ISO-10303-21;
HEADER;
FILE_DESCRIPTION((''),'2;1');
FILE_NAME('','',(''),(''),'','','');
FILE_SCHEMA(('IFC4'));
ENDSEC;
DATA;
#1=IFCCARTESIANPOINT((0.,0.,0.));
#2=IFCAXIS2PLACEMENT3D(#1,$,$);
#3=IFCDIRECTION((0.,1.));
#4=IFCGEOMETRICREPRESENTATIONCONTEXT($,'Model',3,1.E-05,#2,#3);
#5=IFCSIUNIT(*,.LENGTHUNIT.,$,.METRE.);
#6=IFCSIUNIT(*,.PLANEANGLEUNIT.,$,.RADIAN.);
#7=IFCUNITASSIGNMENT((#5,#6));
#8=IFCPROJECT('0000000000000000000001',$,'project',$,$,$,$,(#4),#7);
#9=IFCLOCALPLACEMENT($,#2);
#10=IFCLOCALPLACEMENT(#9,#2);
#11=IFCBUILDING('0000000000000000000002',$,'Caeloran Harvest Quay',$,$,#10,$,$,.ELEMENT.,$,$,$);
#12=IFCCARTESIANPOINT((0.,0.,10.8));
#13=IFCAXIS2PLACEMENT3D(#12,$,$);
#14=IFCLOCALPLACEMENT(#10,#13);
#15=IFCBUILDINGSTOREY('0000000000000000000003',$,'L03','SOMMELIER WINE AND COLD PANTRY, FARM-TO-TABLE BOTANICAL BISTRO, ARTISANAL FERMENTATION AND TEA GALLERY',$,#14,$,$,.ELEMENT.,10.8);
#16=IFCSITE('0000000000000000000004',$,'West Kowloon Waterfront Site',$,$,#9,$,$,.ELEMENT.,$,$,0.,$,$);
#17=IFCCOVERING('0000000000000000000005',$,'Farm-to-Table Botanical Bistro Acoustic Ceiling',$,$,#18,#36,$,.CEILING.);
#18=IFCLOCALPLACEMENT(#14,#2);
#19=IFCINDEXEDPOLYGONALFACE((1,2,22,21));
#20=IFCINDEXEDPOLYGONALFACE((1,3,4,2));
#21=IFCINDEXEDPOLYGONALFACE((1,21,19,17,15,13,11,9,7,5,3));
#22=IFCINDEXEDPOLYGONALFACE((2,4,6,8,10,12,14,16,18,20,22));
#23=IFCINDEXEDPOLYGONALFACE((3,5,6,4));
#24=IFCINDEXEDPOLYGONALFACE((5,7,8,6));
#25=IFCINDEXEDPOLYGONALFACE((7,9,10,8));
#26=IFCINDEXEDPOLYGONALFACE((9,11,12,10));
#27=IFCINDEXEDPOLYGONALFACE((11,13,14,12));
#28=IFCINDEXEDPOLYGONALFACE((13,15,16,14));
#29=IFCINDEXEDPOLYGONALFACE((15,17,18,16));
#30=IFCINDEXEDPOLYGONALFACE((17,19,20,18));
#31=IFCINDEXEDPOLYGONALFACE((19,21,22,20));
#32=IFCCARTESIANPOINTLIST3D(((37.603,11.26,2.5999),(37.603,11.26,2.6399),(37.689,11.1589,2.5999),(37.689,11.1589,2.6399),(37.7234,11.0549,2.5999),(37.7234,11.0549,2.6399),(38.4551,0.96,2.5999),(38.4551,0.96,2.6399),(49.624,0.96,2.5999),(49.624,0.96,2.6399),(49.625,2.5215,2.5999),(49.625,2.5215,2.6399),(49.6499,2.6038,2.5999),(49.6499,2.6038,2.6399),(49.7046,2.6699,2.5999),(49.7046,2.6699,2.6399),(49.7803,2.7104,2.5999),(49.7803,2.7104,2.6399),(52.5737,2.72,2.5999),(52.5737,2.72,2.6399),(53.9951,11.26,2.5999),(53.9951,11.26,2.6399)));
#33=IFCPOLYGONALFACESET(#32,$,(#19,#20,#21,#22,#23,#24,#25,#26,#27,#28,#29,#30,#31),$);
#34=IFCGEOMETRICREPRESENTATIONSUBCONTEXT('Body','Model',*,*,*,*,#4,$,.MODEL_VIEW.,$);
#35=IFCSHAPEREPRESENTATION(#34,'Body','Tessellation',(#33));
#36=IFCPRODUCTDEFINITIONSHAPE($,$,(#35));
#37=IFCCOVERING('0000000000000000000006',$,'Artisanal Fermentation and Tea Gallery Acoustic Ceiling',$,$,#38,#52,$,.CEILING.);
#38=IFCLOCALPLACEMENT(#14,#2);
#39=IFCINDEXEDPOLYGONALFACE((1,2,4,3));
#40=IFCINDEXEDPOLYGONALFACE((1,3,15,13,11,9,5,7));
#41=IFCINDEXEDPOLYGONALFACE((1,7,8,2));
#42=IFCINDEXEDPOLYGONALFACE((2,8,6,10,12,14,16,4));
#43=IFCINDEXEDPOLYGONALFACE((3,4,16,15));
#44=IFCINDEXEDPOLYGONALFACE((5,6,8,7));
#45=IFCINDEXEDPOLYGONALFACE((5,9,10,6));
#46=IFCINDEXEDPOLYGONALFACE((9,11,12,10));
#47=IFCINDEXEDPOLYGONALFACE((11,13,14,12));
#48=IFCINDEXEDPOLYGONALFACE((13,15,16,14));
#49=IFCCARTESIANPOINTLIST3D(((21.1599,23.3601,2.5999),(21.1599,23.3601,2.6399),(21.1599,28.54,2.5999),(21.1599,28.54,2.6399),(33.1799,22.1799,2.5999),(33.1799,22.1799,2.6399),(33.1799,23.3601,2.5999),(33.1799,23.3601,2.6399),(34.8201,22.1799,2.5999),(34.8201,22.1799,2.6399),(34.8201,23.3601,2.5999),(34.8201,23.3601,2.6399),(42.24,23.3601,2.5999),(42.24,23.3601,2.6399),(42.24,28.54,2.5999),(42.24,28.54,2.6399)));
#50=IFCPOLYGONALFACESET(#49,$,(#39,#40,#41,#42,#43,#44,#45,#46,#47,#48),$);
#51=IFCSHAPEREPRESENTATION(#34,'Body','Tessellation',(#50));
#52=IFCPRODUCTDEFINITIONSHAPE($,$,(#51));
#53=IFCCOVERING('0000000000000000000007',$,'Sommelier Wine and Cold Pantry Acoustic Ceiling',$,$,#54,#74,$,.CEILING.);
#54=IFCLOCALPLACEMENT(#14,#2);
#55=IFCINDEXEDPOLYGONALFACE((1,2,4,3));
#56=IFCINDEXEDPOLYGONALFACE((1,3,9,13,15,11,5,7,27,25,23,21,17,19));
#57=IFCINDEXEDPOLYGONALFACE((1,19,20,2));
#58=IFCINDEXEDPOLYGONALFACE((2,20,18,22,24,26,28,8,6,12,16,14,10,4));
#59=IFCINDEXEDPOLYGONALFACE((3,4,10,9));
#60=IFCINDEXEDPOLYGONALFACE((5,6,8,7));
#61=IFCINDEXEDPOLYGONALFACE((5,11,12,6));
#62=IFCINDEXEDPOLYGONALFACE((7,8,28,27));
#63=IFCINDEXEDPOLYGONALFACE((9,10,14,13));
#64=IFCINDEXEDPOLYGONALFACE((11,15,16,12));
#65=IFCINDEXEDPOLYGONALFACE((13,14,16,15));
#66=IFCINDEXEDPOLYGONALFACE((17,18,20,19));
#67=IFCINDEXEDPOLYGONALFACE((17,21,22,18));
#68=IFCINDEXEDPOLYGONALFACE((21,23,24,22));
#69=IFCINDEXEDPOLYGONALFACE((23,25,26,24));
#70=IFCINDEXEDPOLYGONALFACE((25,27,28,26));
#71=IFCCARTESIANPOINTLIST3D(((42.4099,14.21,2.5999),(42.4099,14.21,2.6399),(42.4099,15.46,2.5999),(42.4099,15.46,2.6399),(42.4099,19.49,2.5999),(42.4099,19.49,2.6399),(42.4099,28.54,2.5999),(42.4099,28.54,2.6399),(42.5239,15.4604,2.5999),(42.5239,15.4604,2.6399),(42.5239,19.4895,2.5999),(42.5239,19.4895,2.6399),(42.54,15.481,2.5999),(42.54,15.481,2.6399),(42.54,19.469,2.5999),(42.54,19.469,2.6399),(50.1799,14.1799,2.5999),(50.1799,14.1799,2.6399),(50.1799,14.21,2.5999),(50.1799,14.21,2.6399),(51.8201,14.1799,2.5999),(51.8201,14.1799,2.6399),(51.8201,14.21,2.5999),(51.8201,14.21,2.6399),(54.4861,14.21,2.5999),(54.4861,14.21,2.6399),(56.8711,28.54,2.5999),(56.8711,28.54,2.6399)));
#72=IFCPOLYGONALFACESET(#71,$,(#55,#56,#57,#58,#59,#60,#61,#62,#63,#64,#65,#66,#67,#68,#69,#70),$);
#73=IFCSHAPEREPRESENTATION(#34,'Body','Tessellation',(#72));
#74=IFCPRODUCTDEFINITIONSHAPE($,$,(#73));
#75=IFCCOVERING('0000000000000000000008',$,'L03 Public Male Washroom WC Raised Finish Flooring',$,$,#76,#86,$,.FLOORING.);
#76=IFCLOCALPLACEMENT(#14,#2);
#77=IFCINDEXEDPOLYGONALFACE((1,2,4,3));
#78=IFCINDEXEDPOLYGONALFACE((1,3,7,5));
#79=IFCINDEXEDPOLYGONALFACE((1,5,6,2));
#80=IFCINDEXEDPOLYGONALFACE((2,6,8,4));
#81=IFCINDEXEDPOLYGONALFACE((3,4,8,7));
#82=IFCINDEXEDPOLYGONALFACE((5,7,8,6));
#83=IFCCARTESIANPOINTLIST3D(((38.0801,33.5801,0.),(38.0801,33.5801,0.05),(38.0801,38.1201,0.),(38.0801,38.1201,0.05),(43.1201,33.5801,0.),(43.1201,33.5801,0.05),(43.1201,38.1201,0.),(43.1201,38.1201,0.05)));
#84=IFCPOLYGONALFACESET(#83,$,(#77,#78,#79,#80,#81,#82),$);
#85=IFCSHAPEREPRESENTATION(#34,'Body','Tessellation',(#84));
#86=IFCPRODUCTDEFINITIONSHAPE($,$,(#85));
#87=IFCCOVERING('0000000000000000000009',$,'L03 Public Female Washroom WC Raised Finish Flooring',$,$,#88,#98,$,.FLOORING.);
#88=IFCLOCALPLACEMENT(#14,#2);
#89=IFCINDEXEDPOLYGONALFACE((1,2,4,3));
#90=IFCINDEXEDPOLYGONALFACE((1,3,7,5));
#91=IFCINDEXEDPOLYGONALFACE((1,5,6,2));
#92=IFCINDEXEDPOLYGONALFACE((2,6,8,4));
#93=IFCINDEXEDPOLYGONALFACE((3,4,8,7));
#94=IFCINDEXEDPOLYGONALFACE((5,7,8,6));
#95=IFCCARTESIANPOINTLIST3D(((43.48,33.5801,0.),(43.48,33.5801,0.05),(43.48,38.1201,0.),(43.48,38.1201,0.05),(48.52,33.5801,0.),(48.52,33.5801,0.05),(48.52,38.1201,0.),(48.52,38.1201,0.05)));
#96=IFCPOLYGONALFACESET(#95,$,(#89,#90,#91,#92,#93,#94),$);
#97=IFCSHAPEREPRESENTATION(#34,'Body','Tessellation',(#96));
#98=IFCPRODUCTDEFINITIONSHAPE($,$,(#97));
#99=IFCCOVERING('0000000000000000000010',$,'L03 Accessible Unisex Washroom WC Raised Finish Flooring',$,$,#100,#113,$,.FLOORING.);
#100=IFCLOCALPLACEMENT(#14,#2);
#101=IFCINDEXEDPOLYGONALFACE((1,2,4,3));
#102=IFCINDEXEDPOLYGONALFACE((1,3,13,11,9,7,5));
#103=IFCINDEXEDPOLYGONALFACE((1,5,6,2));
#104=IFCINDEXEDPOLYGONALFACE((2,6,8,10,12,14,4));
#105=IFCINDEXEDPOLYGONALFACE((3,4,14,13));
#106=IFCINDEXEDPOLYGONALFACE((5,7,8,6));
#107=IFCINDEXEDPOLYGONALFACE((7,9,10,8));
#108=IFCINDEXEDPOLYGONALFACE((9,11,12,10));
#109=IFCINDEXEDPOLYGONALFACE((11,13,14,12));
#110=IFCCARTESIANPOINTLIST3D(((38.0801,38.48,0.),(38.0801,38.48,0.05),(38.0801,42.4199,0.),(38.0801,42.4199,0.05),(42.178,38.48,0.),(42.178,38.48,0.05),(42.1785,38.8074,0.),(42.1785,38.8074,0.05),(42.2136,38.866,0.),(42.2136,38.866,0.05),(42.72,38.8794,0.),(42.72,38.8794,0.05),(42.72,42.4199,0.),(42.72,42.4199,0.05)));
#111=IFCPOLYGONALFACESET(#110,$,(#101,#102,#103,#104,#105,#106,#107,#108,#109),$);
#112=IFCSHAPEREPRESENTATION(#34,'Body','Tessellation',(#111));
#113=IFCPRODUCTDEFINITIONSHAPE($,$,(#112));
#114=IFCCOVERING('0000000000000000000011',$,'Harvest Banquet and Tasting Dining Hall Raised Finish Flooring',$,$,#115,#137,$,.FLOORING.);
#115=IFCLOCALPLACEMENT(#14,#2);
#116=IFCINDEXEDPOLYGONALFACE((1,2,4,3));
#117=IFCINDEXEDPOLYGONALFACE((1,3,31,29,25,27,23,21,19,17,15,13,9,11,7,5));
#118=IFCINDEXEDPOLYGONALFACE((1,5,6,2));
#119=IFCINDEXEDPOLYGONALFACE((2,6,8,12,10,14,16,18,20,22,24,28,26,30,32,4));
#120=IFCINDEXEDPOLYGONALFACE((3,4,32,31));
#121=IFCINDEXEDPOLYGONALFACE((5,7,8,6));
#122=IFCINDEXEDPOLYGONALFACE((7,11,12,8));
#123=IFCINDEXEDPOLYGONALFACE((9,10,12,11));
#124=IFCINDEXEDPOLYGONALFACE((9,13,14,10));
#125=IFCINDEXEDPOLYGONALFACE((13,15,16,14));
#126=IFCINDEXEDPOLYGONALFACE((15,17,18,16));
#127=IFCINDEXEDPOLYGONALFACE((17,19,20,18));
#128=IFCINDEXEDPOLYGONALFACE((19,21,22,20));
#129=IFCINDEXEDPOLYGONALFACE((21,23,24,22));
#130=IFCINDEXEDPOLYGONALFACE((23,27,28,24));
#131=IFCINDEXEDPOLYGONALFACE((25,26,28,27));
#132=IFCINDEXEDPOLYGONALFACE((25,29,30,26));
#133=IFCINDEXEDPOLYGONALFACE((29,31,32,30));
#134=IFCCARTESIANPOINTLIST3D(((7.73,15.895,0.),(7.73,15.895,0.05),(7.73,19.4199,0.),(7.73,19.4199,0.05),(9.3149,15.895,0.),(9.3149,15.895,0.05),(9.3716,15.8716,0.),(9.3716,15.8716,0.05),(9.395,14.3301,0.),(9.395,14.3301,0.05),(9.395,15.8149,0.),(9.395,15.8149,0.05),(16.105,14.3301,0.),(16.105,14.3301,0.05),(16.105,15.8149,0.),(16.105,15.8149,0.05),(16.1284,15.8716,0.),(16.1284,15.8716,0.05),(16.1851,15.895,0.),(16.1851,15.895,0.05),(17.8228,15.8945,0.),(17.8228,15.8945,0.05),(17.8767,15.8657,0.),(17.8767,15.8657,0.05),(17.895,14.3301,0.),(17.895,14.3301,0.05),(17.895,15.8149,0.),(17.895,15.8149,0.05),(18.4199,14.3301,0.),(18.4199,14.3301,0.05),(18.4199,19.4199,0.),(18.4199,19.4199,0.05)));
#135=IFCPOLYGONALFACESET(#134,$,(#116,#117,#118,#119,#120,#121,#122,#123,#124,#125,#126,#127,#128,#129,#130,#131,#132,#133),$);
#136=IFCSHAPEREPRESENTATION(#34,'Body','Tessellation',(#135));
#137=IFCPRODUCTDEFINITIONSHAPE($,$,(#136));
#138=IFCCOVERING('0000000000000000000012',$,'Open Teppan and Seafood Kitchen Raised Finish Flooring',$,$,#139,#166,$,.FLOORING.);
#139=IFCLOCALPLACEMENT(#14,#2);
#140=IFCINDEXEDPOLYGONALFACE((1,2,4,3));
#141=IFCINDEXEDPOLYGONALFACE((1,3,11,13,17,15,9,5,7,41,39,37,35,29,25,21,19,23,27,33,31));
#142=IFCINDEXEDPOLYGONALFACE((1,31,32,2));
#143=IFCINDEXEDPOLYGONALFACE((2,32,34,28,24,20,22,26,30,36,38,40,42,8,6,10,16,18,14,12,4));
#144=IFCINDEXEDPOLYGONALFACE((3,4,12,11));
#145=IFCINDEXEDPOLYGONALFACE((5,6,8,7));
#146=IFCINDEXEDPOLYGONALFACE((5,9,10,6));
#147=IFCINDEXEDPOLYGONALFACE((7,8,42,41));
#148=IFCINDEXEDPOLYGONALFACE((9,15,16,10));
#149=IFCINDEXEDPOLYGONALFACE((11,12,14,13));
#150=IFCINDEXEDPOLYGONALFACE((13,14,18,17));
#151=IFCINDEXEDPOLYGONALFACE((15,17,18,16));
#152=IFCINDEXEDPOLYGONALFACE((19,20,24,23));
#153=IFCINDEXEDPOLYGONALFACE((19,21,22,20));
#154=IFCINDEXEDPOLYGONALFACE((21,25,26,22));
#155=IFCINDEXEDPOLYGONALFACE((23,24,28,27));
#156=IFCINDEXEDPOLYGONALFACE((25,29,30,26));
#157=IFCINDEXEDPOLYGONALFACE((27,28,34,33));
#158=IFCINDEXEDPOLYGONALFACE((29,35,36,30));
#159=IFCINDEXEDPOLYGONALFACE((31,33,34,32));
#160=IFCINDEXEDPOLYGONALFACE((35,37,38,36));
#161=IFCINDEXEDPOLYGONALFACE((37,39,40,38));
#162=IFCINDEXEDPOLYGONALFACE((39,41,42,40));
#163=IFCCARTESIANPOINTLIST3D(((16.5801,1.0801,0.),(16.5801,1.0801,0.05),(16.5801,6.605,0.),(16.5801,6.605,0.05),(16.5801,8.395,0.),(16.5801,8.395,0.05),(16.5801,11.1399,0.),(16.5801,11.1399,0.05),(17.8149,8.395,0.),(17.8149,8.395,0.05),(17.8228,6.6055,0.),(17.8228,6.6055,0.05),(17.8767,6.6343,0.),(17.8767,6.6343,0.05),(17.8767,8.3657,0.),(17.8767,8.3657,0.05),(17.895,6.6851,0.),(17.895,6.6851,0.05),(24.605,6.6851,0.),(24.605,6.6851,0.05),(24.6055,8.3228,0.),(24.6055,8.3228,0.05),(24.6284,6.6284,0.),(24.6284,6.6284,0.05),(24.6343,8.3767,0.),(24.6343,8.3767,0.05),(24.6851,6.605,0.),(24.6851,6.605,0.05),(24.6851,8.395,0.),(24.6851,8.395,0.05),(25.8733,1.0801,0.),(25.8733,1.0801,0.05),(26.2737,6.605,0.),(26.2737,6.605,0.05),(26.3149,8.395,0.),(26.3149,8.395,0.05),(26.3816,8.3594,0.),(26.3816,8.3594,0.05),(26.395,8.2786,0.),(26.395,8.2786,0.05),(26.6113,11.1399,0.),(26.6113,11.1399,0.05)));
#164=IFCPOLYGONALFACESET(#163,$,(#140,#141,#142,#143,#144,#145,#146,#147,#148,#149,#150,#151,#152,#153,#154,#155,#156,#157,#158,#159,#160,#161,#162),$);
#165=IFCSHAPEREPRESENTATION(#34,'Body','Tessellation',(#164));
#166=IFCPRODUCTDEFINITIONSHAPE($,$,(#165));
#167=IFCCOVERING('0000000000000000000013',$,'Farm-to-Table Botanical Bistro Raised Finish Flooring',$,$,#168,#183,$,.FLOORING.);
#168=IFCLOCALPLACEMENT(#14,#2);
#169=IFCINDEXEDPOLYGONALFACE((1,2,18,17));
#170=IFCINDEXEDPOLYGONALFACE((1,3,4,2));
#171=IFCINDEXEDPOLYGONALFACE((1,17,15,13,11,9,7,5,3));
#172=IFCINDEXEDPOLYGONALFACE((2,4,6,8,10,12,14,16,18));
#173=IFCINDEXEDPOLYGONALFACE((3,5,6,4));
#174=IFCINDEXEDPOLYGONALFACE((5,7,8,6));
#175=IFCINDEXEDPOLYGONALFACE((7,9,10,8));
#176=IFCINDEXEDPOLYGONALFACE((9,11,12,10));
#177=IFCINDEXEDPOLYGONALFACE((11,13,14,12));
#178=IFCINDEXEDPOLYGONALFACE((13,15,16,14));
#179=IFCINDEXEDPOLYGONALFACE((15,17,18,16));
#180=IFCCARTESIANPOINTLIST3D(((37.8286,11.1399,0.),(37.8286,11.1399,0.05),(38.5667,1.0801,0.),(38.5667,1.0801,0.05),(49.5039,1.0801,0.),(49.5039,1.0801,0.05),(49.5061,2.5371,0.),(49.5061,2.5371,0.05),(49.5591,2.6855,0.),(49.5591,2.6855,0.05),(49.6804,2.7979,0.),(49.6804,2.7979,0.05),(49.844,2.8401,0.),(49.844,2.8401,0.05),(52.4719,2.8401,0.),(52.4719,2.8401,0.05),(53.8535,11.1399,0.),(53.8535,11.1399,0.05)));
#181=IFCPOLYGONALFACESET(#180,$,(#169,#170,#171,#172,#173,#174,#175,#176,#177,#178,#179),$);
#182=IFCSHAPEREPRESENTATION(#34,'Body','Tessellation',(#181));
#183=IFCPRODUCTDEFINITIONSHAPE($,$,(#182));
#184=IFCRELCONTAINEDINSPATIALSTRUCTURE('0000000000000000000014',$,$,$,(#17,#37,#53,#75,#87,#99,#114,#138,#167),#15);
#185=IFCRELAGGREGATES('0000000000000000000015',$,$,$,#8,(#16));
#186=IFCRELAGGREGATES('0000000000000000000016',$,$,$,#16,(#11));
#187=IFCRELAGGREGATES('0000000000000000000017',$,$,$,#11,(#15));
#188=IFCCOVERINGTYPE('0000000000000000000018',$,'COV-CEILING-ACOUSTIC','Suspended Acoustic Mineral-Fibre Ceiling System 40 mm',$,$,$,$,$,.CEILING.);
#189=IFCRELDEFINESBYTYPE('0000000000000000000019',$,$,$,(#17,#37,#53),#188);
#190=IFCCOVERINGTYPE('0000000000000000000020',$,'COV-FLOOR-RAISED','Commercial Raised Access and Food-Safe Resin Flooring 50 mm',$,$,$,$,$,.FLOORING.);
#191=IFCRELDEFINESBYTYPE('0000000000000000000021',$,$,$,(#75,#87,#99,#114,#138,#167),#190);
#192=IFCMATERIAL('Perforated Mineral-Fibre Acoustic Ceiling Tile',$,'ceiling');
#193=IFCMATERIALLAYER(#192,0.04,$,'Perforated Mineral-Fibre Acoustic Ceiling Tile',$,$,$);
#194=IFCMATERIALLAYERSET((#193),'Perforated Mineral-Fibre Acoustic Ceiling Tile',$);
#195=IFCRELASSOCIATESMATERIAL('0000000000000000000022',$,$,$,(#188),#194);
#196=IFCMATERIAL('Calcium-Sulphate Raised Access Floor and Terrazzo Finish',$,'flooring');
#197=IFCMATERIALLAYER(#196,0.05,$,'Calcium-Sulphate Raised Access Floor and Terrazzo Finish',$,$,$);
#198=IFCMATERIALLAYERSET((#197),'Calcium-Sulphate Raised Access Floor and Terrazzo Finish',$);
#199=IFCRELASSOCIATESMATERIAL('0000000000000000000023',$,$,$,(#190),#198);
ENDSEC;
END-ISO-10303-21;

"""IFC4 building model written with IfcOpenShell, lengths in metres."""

from ifc_helpers import new_model, si_unit, direction, frame, origin, place, context, subcontext, project, spatial, polyline, outline, extrude, material, layer, layer_set, type_object, element, save


model = new_model("IFC4")

# Units and contexts
model_context = context("Model", 3, precision=1e-05, world=origin(), true_north=direction((0.0, 1.0)))
body_context = subcontext(model_context, "Body", "Model", "MODEL_VIEW")
ifc_project = project(units=[si_unit("LENGTHUNIT", "METRE"), si_unit("PLANEANGLEUNIT", "RADIAN")], contexts=[model_context])

# Site, building, storey
site_placement = place(None, origin())
site = spatial("IfcSite", under=ifc_project, at=site_placement, Name="West Kowloon Waterfront Site", CompositionType="ELEMENT", RefElevation=0.0)
building_placement = place(site_placement, origin())
building = spatial("IfcBuilding", under=site, at=building_placement, Name="Caeloran Harvest Quay", CompositionType="ELEMENT")
storey_placement = place(building_placement, frame((0.0, 0.0, 10.8)))
storey = spatial("IfcBuildingStorey", under=building, at=storey_placement, Name="L03", Description="SOMMELIER WINE AND COLD PANTRY, FARM-TO-TABLE BOTANICAL BISTRO, ARTISANAL FERMENTATION AND TEA GALLERY", CompositionType="ELEMENT", Elevation=10.8)

# Coverings
ifc_material_1 = material(Name="Perforated Mineral-Fibre Acoustic Ceiling Tile", Category="ceiling")
ifc_layer_1 = layer(ifc_material_1, 0.04, Name="Perforated Mineral-Fibre Acoustic Ceiling Tile")
ifc_layer_set_1 = layer_set([ifc_layer_1], Name="Perforated Mineral-Fibre Acoustic Ceiling Tile")
covering_type_1 = type_object("IfcCoveringType", Name="COV-CEILING-ACOUSTIC", Description="Suspended Acoustic Mineral-Fibre Ceiling System 40 mm", PredefinedType="CEILING", material=ifc_layer_set_1)
covering_1_placement = place(storey_placement, frame((0.0, 0.0, 2.5999)))
element("IfcCovering", 1, at=covering_1_placement, inside=storey, type_object=covering_type_1, Name="Farm-to-Table Botanical Bistro Acoustic Ceiling", PredefinedType="CEILING", context=body_context, shape_type="SweptSolid", body=[
    extrude(outline(polyline([(52.5737, 2.72), (49.7803, 2.7104), (49.7046, 2.6699), (49.6499, 2.6038), (49.625, 2.5215), (49.624, 0.96), (38.4551, 0.96), (37.7234, 11.0549), (37.689, 11.1589), (37.603, 11.26), (53.9951, 11.26), (52.5737, 2.72)])), origin(), (0.0, 0.0, 1.0), 0.04),
])
covering_2_placement = place(storey_placement, frame((0.0, 0.0, 2.5999)))
element("IfcCovering", 2, at=covering_2_placement, inside=storey, type_object=covering_type_1, Name="Artisanal Fermentation and Tea Gallery Acoustic Ceiling", PredefinedType="CEILING", context=body_context, shape_type="SweptSolid", body=[
    extrude(outline(polyline([(34.8201, 22.1799), (33.1799, 22.1799), (33.1799, 23.3601), (21.1599, 23.3601), (21.1599, 28.54), (42.24, 28.54), (42.24, 23.3601), (34.8201, 23.3601), (34.8201, 22.1799)])), origin(), (0.0, 0.0, 1.0), 0.04),
])
covering_3_placement = place(storey_placement, frame((0.0, 0.0, 2.5999)))
element("IfcCovering", 3, at=covering_3_placement, inside=storey, type_object=covering_type_1, Name="Sommelier Wine and Cold Pantry Acoustic Ceiling", PredefinedType="CEILING", context=body_context, shape_type="SweptSolid", body=[
    extrude(outline(polyline([(51.8201, 14.1799), (50.1799, 14.1799), (50.1799, 14.21), (42.4099, 14.21), (42.4099, 15.46), (42.5239, 15.4604), (42.54, 15.481), (42.54, 19.469), (42.5239, 19.4895), (42.4099, 19.49), (42.4099, 28.54), (56.8711, 28.54), (54.4861, 14.21), (51.8201, 14.21), (51.8201, 14.1799)])), origin(), (0.0, 0.0, 1.0), 0.04),
])
ifc_material_2 = material(Name="Calcium-Sulphate Raised Access Floor and Terrazzo Finish", Category="flooring")
ifc_layer_2 = layer(ifc_material_2, 0.05, Name="Calcium-Sulphate Raised Access Floor and Terrazzo Finish")
ifc_layer_set_2 = layer_set([ifc_layer_2], Name="Calcium-Sulphate Raised Access Floor and Terrazzo Finish")
covering_type_2 = type_object("IfcCoveringType", Name="COV-FLOOR-RAISED", Description="Commercial Raised Access and Food-Safe Resin Flooring 50 mm", PredefinedType="FLOORING", material=ifc_layer_set_2)
covering_4_placement = place(storey_placement, origin())
element("IfcCovering", 4, at=covering_4_placement, inside=storey, type_object=covering_type_2, Name="L03 Public Male Washroom WC Raised Finish Flooring", PredefinedType="FLOORING", context=body_context, shape_type="SweptSolid", body=[
    extrude(outline(polyline([(43.1201, 38.1201), (43.1201, 33.5801), (38.0801, 33.5801), (38.0801, 38.1201), (43.1201, 38.1201)])), origin(), (0.0, 0.0, 1.0), 0.05),
])
covering_5_placement = place(storey_placement, origin())
element("IfcCovering", 5, at=covering_5_placement, inside=storey, type_object=covering_type_2, Name="L03 Public Female Washroom WC Raised Finish Flooring", PredefinedType="FLOORING", context=body_context, shape_type="SweptSolid", body=[
    extrude(outline(polyline([(48.52, 38.1201), (48.52, 33.5801), (43.48, 33.5801), (43.48, 38.1201), (48.52, 38.1201)])), origin(), (0.0, 0.0, 1.0), 0.05),
])
covering_6_placement = place(storey_placement, origin())
element("IfcCovering", 6, at=covering_6_placement, inside=storey, type_object=covering_type_2, Name="L03 Accessible Unisex Washroom WC Raised Finish Flooring", PredefinedType="FLOORING", context=body_context, shape_type="SweptSolid", body=[
    extrude(outline(polyline([(42.72, 38.8794), (42.2136, 38.866), (42.1785, 38.8074), (42.178, 38.48), (38.0801, 38.48), (38.0801, 42.4199), (42.72, 42.4199), (42.72, 38.8794)])), origin(), (0.0, 0.0, 1.0), 0.05),
])
covering_7_placement = place(storey_placement, origin())
element("IfcCovering", 7, at=covering_7_placement, inside=storey, type_object=covering_type_2, Name="Harvest Banquet and Tasting Dining Hall Raised Finish Flooring", PredefinedType="FLOORING", context=body_context, shape_type="SweptSolid", body=[
    extrude(outline(polyline([(7.73, 15.895), (7.73, 19.4199), (18.4199, 19.4199), (18.4199, 14.3301), (17.895, 14.3301), (17.895, 15.8149), (17.8767, 15.8657), (17.8228, 15.8945), (16.1851, 15.895), (16.1284, 15.8716), (16.105, 15.8149), (16.105, 14.3301), (9.395, 14.3301), (9.395, 15.8149), (9.3716, 15.8716), (9.3149, 15.895), (7.73, 15.895)])), origin(), (0.0, 0.0, 1.0), 0.05),
])
covering_8_placement = place(storey_placement, origin())
element("IfcCovering", 8, at=covering_8_placement, inside=storey, type_object=covering_type_2, Name="Open Teppan and Seafood Kitchen Raised Finish Flooring", PredefinedType="FLOORING", context=body_context, shape_type="SweptSolid", body=[
    extrude(outline(polyline([(26.2737, 6.605), (25.8733, 1.0801), (16.5801, 1.0801), (16.5801, 6.605), (17.8228, 6.6055), (17.8767, 6.6343), (17.895, 6.6851), (17.8767, 8.3657), (17.8149, 8.395), (16.5801, 8.395), (16.5801, 11.1399), (26.6113, 11.1399), (26.395, 8.2786), (26.3816, 8.3594), (26.3149, 8.395), (24.6851, 8.395), (24.6343, 8.3767), (24.6055, 8.3228), (24.605, 6.6851), (24.6284, 6.6284), (24.6851, 6.605), (26.2737, 6.605)])), origin(), (0.0, 0.0, 1.0), 0.05),
])
covering_9_placement = place(storey_placement, origin())
element("IfcCovering", 9, at=covering_9_placement, inside=storey, type_object=covering_type_2, Name="Farm-to-Table Botanical Bistro Raised Finish Flooring", PredefinedType="FLOORING", context=body_context, shape_type="SweptSolid", body=[
    extrude(outline(polyline([(37.8286, 11.1399), (53.8535, 11.1399), (52.4719, 2.8401), (49.844, 2.8401), (49.6804, 2.7979), (49.5591, 2.6855), (49.5061, 2.5371), (49.5039, 1.0801), (38.5667, 1.0801), (37.8286, 11.1399)])), origin(), (0.0, 0.0, 1.0), 0.05),
])

save(model, "model.ifc")
